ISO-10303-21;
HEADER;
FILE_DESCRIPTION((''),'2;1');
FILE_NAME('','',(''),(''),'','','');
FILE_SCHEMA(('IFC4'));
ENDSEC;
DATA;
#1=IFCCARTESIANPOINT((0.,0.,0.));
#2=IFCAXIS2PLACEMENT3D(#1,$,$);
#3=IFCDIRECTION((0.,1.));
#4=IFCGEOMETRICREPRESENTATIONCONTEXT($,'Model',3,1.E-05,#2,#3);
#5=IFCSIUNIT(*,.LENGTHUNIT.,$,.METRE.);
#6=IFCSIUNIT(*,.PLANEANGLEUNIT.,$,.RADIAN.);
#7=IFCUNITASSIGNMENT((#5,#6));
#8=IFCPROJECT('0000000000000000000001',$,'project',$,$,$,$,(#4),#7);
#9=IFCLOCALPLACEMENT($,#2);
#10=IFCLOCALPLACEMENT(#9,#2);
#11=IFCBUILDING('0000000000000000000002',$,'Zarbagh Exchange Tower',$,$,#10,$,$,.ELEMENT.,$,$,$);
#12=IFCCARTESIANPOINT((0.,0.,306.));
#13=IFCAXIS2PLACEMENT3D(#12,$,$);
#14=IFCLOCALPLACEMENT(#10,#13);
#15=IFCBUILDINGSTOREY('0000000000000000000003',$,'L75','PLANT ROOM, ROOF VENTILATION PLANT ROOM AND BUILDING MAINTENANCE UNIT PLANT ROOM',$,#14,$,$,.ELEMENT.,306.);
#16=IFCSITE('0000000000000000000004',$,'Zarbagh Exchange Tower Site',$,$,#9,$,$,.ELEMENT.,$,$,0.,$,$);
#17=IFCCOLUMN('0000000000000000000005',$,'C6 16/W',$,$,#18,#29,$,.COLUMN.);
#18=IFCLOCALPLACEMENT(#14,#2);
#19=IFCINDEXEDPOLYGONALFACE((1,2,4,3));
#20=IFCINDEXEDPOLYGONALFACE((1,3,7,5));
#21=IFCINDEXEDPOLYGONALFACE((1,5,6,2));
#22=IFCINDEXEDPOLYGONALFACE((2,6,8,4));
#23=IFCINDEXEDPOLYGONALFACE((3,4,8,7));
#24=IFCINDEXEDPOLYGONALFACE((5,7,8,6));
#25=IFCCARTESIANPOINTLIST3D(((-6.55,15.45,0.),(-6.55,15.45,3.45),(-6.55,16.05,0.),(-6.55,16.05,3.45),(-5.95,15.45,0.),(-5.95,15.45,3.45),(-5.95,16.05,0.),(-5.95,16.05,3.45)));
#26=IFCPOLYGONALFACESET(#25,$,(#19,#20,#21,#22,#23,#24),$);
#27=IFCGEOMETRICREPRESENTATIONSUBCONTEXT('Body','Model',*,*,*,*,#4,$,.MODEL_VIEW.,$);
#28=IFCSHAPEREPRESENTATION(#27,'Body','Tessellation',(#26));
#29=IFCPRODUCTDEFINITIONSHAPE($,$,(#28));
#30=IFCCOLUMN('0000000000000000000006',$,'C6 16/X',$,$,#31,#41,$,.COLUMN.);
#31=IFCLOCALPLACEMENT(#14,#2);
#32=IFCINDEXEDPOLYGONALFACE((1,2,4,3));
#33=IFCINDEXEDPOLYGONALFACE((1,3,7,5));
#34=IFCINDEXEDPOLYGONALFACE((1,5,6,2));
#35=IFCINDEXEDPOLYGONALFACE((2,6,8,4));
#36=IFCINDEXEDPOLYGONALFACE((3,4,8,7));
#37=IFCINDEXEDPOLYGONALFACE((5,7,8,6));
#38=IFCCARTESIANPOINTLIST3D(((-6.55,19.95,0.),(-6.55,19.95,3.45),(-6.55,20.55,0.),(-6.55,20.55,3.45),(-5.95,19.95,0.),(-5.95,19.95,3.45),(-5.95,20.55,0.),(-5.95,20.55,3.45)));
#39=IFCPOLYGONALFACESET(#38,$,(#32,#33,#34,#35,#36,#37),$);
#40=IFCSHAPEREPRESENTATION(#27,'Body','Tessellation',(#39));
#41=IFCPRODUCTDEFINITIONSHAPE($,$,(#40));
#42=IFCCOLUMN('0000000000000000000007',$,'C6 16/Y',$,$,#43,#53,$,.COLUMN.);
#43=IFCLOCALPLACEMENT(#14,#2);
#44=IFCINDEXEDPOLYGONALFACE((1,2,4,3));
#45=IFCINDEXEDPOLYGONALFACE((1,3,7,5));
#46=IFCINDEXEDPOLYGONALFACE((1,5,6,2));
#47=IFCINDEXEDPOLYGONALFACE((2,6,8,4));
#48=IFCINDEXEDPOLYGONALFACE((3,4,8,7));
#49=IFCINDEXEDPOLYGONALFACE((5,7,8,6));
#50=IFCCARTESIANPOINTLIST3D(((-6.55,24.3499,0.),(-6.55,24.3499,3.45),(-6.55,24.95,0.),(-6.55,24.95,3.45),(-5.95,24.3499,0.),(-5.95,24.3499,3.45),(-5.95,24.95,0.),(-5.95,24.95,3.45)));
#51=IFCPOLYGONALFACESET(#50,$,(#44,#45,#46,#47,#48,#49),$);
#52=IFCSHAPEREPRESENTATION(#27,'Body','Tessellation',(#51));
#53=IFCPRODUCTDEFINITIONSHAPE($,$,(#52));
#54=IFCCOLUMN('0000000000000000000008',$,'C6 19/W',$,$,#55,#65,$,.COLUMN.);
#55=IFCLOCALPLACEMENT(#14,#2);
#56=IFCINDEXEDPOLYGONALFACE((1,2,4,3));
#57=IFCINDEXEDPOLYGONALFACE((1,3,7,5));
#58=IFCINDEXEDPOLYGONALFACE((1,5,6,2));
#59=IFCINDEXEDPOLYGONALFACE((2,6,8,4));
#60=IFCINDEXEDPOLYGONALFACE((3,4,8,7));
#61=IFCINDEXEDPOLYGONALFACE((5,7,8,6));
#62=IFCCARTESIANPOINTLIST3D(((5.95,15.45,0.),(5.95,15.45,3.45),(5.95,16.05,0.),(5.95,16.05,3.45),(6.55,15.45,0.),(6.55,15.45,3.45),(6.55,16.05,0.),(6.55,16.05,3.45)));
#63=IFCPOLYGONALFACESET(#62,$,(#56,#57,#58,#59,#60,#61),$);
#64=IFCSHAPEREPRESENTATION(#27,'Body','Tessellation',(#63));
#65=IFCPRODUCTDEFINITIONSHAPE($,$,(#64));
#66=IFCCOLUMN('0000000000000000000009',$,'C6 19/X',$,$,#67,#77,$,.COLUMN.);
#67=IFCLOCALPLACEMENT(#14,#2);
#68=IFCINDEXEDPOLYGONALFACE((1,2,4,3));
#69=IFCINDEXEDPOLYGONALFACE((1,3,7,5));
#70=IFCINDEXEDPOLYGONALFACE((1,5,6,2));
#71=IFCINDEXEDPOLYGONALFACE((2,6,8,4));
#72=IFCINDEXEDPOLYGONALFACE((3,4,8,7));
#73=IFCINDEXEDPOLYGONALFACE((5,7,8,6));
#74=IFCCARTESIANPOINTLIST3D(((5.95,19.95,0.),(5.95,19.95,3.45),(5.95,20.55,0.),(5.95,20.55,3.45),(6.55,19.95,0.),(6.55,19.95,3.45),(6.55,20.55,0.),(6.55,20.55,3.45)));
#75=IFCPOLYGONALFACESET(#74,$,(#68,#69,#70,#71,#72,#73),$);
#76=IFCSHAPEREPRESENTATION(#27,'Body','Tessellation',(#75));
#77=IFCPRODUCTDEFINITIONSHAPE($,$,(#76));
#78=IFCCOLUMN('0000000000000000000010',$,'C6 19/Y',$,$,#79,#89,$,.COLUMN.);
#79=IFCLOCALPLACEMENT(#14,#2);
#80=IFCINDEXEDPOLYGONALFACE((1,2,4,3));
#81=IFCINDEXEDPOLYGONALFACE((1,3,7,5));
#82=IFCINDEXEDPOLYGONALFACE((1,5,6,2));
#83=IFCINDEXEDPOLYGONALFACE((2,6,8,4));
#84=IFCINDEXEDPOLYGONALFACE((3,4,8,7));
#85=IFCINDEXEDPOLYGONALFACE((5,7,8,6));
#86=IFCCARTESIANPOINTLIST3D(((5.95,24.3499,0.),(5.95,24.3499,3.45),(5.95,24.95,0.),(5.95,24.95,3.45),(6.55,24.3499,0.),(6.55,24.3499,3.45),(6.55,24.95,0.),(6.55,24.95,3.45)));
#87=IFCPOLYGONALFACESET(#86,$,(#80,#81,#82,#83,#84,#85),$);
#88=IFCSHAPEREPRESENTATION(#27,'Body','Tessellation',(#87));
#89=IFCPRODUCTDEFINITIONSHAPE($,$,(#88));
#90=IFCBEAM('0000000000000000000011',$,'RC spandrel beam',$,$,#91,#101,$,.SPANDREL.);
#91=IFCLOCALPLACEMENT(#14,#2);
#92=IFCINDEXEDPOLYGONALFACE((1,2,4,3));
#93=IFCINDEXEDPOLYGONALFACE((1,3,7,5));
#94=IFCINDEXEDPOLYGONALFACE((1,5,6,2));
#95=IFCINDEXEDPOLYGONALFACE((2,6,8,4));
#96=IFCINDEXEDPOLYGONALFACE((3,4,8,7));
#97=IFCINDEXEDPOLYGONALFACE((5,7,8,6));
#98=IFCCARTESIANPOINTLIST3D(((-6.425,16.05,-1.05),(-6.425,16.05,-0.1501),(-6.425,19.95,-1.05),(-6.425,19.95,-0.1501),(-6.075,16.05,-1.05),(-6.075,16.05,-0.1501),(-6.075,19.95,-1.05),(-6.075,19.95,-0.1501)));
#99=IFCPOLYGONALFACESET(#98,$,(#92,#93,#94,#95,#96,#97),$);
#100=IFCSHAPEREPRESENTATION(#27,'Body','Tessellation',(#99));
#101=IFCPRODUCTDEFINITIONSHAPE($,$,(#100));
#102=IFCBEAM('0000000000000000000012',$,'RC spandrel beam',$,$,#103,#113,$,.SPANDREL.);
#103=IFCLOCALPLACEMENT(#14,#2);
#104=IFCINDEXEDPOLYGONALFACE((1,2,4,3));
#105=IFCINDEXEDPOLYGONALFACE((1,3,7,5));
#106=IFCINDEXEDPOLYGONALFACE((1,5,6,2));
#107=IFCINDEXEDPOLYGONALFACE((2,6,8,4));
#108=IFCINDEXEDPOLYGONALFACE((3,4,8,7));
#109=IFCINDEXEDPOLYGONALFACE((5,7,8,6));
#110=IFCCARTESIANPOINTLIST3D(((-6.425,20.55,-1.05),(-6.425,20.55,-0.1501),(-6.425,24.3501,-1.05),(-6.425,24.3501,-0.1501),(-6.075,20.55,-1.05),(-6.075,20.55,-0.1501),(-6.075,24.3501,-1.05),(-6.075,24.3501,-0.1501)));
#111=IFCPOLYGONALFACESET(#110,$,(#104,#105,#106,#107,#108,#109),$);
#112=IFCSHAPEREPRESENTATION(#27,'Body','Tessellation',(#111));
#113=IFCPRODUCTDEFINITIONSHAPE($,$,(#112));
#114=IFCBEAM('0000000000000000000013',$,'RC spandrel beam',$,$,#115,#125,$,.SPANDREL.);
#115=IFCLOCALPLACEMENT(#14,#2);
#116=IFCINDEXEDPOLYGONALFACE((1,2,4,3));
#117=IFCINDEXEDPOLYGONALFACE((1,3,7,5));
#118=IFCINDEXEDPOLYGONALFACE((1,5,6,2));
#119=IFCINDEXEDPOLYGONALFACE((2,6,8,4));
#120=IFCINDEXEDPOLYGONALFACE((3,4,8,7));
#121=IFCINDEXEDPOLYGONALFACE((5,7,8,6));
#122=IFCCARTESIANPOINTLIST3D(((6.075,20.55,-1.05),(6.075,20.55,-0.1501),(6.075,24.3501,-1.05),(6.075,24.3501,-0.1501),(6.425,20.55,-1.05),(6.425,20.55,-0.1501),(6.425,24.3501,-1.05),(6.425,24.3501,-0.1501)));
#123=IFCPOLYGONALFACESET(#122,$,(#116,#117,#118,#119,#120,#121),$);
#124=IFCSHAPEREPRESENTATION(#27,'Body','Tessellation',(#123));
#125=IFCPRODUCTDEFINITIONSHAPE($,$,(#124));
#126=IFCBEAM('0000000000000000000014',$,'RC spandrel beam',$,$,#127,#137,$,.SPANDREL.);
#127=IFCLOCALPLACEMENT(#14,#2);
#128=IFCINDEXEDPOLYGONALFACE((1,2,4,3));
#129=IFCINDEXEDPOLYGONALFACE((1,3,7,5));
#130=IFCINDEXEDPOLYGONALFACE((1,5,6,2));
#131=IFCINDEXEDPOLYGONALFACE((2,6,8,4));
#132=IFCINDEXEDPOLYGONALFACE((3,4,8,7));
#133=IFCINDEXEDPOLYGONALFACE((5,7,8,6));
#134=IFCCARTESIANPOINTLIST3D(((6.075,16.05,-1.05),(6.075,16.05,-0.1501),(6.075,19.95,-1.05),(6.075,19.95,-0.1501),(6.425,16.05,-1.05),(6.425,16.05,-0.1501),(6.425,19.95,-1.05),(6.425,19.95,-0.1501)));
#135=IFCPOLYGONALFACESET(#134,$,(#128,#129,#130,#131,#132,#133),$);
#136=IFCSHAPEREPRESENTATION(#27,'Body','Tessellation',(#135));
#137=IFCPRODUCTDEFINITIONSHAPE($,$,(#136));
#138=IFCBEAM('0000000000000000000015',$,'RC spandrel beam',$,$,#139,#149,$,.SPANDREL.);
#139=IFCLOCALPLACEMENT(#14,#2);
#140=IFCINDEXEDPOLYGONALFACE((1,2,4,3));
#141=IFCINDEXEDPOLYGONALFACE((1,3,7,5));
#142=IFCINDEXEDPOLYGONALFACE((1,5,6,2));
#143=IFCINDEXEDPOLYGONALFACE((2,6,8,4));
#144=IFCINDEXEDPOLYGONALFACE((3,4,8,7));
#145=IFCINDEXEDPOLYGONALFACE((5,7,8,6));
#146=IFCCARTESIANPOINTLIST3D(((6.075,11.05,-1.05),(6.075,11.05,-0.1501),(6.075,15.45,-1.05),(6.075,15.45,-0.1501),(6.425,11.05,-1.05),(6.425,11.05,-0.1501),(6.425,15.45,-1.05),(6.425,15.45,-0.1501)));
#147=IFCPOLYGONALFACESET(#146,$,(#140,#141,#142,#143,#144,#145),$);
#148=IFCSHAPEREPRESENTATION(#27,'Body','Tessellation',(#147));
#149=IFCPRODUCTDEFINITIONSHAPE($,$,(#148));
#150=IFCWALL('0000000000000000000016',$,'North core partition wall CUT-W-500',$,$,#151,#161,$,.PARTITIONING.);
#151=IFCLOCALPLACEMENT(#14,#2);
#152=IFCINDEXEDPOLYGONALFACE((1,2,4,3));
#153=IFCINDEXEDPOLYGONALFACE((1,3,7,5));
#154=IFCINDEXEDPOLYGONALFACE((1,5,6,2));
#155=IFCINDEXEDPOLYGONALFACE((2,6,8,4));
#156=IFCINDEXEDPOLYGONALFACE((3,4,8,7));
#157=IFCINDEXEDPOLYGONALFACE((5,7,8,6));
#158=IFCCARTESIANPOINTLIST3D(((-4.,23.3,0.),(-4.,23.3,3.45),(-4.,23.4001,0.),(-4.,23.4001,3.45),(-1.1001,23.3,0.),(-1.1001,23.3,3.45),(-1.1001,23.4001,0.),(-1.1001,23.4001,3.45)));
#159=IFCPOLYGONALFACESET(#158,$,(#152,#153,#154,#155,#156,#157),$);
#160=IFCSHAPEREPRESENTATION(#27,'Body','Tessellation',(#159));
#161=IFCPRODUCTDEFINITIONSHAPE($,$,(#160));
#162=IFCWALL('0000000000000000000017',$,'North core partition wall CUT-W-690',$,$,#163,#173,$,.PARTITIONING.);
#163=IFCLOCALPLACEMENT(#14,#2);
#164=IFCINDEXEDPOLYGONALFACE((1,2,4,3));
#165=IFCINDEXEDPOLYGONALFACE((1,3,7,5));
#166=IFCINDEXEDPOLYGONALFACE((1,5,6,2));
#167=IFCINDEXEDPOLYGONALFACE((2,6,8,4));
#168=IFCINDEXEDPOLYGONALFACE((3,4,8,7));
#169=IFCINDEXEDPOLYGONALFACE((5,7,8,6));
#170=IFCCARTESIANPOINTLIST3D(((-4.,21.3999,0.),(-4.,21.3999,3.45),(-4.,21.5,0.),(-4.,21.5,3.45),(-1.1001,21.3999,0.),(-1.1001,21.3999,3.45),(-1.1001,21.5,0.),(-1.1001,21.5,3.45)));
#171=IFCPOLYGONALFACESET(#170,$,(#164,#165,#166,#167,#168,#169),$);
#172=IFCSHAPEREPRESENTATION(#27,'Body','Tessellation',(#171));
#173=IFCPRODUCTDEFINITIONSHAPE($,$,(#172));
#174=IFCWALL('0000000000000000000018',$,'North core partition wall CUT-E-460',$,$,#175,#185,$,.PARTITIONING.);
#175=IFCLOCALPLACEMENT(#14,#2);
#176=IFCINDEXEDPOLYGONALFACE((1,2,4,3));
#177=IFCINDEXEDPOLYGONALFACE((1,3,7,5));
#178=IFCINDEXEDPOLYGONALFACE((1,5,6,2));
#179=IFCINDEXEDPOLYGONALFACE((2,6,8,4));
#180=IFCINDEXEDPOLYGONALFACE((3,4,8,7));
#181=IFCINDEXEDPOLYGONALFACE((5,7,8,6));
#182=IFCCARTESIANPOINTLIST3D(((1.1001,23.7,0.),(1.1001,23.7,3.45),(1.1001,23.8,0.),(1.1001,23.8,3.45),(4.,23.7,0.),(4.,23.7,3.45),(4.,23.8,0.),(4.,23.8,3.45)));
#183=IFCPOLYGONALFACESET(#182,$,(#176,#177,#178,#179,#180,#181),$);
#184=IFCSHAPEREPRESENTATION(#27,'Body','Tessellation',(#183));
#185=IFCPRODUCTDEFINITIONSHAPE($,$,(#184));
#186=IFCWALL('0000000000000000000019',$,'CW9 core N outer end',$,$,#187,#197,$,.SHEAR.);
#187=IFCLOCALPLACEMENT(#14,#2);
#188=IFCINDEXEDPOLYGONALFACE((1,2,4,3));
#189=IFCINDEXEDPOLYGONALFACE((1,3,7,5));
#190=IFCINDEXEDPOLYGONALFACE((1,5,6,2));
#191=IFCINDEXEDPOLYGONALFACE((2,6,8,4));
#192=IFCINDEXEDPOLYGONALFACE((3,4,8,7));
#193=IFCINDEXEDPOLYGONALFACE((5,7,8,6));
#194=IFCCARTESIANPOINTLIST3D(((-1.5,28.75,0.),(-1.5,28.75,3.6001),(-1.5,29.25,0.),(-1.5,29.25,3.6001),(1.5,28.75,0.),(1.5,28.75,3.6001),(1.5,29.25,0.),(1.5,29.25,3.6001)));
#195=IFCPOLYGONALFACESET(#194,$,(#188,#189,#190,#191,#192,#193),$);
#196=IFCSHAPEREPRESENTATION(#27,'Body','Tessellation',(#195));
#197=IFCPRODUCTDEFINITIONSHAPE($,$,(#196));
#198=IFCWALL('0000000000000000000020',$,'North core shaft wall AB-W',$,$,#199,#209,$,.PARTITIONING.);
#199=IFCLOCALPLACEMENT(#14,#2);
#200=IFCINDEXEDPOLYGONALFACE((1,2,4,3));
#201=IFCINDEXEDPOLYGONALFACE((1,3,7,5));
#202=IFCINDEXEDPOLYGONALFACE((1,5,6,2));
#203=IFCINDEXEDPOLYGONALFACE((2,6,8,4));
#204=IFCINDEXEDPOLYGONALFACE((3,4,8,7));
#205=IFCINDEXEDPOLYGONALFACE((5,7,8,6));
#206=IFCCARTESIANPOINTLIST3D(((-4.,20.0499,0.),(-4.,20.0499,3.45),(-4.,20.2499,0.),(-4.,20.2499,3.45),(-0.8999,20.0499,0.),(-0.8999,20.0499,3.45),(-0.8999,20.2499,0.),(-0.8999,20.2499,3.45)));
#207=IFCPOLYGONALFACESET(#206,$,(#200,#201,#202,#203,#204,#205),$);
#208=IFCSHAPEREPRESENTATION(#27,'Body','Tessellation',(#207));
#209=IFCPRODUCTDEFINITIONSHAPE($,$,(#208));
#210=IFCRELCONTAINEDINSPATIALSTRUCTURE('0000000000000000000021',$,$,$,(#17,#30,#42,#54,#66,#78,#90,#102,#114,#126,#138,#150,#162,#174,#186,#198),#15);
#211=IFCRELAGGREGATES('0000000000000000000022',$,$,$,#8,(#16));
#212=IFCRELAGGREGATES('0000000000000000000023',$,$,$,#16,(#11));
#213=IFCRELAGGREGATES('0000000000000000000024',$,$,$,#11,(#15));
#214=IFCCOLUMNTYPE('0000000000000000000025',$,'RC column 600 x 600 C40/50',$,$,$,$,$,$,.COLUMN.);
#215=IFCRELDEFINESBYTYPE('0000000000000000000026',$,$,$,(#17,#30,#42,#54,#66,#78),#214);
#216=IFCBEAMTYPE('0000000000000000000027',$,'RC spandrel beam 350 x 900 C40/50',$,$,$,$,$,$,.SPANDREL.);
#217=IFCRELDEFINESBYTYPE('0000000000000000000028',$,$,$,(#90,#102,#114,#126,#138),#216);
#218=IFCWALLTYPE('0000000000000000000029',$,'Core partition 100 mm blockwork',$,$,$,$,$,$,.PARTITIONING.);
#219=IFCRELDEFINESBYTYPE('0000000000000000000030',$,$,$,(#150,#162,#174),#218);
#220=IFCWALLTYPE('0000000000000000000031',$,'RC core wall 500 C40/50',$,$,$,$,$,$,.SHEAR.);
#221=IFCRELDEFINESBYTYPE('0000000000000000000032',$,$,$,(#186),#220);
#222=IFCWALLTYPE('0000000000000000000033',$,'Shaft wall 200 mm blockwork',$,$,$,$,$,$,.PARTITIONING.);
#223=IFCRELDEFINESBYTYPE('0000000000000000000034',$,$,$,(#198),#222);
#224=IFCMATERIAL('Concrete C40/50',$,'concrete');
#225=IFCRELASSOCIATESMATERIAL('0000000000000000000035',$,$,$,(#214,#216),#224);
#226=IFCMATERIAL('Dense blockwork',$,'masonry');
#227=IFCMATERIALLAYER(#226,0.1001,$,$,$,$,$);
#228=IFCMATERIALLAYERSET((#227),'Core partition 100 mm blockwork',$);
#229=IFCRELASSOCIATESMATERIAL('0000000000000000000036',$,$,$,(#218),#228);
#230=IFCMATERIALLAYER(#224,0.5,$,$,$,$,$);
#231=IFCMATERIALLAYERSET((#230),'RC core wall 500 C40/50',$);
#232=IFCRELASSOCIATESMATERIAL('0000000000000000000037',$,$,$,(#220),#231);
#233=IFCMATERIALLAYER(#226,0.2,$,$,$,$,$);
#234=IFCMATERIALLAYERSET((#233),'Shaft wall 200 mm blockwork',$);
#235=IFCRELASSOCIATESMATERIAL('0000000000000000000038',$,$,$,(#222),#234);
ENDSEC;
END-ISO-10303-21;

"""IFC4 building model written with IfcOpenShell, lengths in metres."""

from ifc_helpers import new_model, si_unit, direction, frame, frame_2d, origin, origin_2d, place, context, subcontext, project, spatial, rectangle, extrude, material, layer, layer_set, material_profile, profile_set, type_object, element, save


model = new_model("IFC4")

# Units and contexts
model_context = context("Model", 3, precision=1e-05, world=origin(), true_north=direction((0.0, 1.0)))
body_context = subcontext(model_context, "Body", "Model", "MODEL_VIEW")
ifc_project = project(units=[si_unit("LENGTHUNIT", "METRE"), si_unit("PLANEANGLEUNIT", "RADIAN")], contexts=[model_context])

# Site, building, storey
site_placement = place(None, origin())
site = spatial("IfcSite", under=ifc_project, at=site_placement, Name="Zarbagh Exchange Tower Site", CompositionType="ELEMENT", RefElevation=0.0)
building_placement = place(site_placement, origin())
building = spatial("IfcBuilding", under=site, at=building_placement, Name="Zarbagh Exchange Tower", CompositionType="ELEMENT")
storey_placement = place(building_placement, frame((0.0, 0.0, 306.0)))
storey = spatial("IfcBuildingStorey", under=building, at=storey_placement, Name="L75", Description="PLANT ROOM, ROOF VENTILATION PLANT ROOM AND BUILDING MAINTENANCE UNIT PLANT ROOM", CompositionType="ELEMENT", Elevation=306.0)

# Columns
ifc_material_1 = material(Name="Concrete C40/50", Category="concrete")
ifc_material_profile_1 = material_profile(ifc_material_1, rectangle(XDim=0.6001, YDim=0.6001, at=origin_2d()), Name="RC column 600 x 600 C40/50")
ifc_profile_set_1 = profile_set([ifc_material_profile_1], Name="Concrete C40/50")
column_type = type_object("IfcColumnType", Name="RC column 600 x 600 C40/50", PredefinedType="COLUMN", material=ifc_profile_set_1)
for number, where, z_axis, x_axis, name in (
    (1, (-6.25, 15.75, 0.0), (0.0, 0.0, 1.0), (1.0, 0.0, 0.0), "C6 16/W"),
    (2, (-6.25, 20.25, 0.0), (0.0, 0.0, 1.0), (1.0, 0.0, 0.0), "C6 16/X"),
    (3, (-6.25, 24.6499, 0.0), (0.0, 0.0, 1.0), (1.0, 0.0, 0.0), "C6 16/Y"),
    (4, (6.25, 15.75, 0.0), (0.0, 0.0, 1.0), (1.0, 0.0, 0.0), "C6 19/W"),
    (5, (6.25, 20.25, 0.0), (0.0, 0.0, 1.0), (1.0, 0.0, 0.0), "C6 19/X"),
    (6, (6.25, 24.6499, 0.0), (0.0, 0.0, 1.0), (1.0, 0.0, 0.0), "C6 19/Y"),
):
    element("IfcColumn", number, at=place(storey_placement, frame(where, z_axis=z_axis, x_axis=x_axis)), inside=storey, type_object=column_type, Name=name, PredefinedType="COLUMN", context=body_context, shape_type="SweptSolid", body=[
        extrude(rectangle(XDim=0.6001, YDim=0.6001, at=origin_2d()), origin(), (0.0, 0.0, 1.0), 3.45),
    ])

# Beams
ifc_material_profile_2 = material_profile(ifc_material_1, rectangle(XDim=0.3501, YDim=0.8999, at=origin_2d()), Name="RC spandrel beam 350 x 900 C40/50")
ifc_profile_set_2 = profile_set([ifc_material_profile_2], Name="Concrete C40/50")
beam_type = type_object("IfcBeamType", Name="RC spandrel beam 350 x 900 C40/50", PredefinedType="SPANDREL", material=ifc_profile_set_2)
beam_1_placement = place(storey_placement, frame((-6.25, 16.05, -0.6001), z_axis=(0.0, 1.0, 0.0), x_axis=(-1.0, 0.0, 0.0)))
element("IfcBeam", 7, at=beam_1_placement, inside=storey, type_object=beam_type, Name="RC spandrel beam", PredefinedType="SPANDREL", context=body_context, shape_type="SweptSolid", body=[
    extrude(rectangle(XDim=0.3501, YDim=0.8999, at=origin_2d()), origin(), (0.0, 0.0, 1.0), 3.8999),
])
for number, where, z_axis, x_axis, name in (
    (8, (-6.25, 20.55, -0.6001), (0.0, 1.0, 0.0), (-1.0, 0.0, 0.0), "RC spandrel beam"),
    (9, (6.25, 24.3501, -0.6001), (0.0, -1.0, 0.0), (1.0, 0.0, 0.0), "RC spandrel beam"),
):
    element("IfcBeam", number, at=place(storey_placement, frame(where, z_axis=z_axis, x_axis=x_axis)), inside=storey, type_object=beam_type, Name=name, PredefinedType="SPANDREL", context=body_context, shape_type="SweptSolid", body=[
        extrude(rectangle(XDim=0.3501, YDim=0.8999, at=origin_2d()), origin(), (0.0, 0.0, 1.0), 3.8),
    ])
beam_2_placement = place(storey_placement, frame((6.25, 19.95, -0.6001), z_axis=(0.0, -1.0, 0.0), x_axis=(1.0, 0.0, 0.0)))
element("IfcBeam", 10, at=beam_2_placement, inside=storey, type_object=beam_type, Name="RC spandrel beam", PredefinedType="SPANDREL", context=body_context, shape_type="SweptSolid", body=[
    extrude(rectangle(XDim=0.3501, YDim=0.8999, at=origin_2d()), origin(), (0.0, 0.0, 1.0), 3.8999),
])
beam_3_placement = place(storey_placement, frame((6.25, 15.45, -0.6001), z_axis=(0.0, -1.0, 0.0), x_axis=(1.0, 0.0, 0.0)))
element("IfcBeam", 11, at=beam_3_placement, inside=storey, type_object=beam_type, Name="RC spandrel beam", PredefinedType="SPANDREL", context=body_context, shape_type="SweptSolid", body=[
    extrude(rectangle(XDim=0.3501, YDim=0.8999, at=origin_2d()), origin(), (0.0, 0.0, 1.0), 4.3999),
])

# Walls
ifc_material_2 = material(Name="Dense blockwork", Category="masonry")
ifc_layer_1 = layer(ifc_material_2, 0.1001)
ifc_layer_set_1 = layer_set([ifc_layer_1], Name="Core partition 100 mm blockwork")
wall_type_1 = type_object("IfcWallType", Name="Core partition 100 mm blockwork", PredefinedType="PARTITIONING", material=ifc_layer_set_1)
for number, where, z_axis, x_axis, name in (
    (12, (-4.0, 23.3501, 0.0), (0.0, 0.0, 1.0), (1.0, 0.0, 0.0), "North core partition wall CUT-W-500"),
    (13, (-4.0, 21.45, 0.0), (0.0, 0.0, 1.0), (1.0, 0.0, 0.0), "North core partition wall CUT-W-690"),
    (14, (1.1001, 23.75, 0.0), (0.0, 0.0, 1.0), (1.0, 0.0, 0.0), "North core partition wall CUT-E-460"),
):
    element("IfcWall", number, at=place(storey_placement, frame(where, z_axis=z_axis, x_axis=x_axis)), inside=storey, type_object=wall_type_1, Name=name, PredefinedType="PARTITIONING", context=body_context, shape_type="SweptSolid", body=[
        extrude(rectangle(XDim=2.8999, YDim=0.1001, at=frame_2d((1.45, 0.0))), origin(), (0.0, 0.0, 1.0), 3.45),
    ])
ifc_layer_2 = layer(ifc_material_1, 0.5)
ifc_layer_set_2 = layer_set([ifc_layer_2], Name="RC core wall 500 C40/50")
wall_type_2 = type_object("IfcWallType", Name="RC core wall 500 C40/50", PredefinedType="SHEAR", material=ifc_layer_set_2)
wall_1_placement = place(storey_placement, frame((-1.5, 29.0, 0.0), z_axis=(0.0, 0.0, 1.0), x_axis=(1.0, 0.0, 0.0)))
element("IfcWall", 15, at=wall_1_placement, inside=storey, type_object=wall_type_2, Name="CW9 core N outer end", PredefinedType="SHEAR", context=body_context, shape_type="SweptSolid", body=[
    extrude(rectangle(XDim=3.0, YDim=0.5, at=frame_2d((1.5, 0.0))), origin(), (0.0, 0.0, 1.0), 3.6001),
])
ifc_layer_3 = layer(ifc_material_2, 0.2)
ifc_layer_set_3 = layer_set([ifc_layer_3], Name="Shaft wall 200 mm blockwork")
wall_type_3 = type_object("IfcWallType", Name="Shaft wall 200 mm blockwork", PredefinedType="PARTITIONING", material=ifc_layer_set_3)
wall_2_placement = place(storey_placement, frame((-4.0, 20.1499, 0.0), z_axis=(0.0, 0.0, 1.0), x_axis=(1.0, 0.0, 0.0)))
element("IfcWall", 16, at=wall_2_placement, inside=storey, type_object=wall_type_3, Name="North core shaft wall AB-W", PredefinedType="PARTITIONING", context=body_context, shape_type="SweptSolid", body=[
    extrude(rectangle(XDim=3.1001, YDim=0.2, at=frame_2d((1.55, 0.0))), origin(), (0.0, 0.0, 1.0), 3.45),
])

save(model, "model.ifc")
